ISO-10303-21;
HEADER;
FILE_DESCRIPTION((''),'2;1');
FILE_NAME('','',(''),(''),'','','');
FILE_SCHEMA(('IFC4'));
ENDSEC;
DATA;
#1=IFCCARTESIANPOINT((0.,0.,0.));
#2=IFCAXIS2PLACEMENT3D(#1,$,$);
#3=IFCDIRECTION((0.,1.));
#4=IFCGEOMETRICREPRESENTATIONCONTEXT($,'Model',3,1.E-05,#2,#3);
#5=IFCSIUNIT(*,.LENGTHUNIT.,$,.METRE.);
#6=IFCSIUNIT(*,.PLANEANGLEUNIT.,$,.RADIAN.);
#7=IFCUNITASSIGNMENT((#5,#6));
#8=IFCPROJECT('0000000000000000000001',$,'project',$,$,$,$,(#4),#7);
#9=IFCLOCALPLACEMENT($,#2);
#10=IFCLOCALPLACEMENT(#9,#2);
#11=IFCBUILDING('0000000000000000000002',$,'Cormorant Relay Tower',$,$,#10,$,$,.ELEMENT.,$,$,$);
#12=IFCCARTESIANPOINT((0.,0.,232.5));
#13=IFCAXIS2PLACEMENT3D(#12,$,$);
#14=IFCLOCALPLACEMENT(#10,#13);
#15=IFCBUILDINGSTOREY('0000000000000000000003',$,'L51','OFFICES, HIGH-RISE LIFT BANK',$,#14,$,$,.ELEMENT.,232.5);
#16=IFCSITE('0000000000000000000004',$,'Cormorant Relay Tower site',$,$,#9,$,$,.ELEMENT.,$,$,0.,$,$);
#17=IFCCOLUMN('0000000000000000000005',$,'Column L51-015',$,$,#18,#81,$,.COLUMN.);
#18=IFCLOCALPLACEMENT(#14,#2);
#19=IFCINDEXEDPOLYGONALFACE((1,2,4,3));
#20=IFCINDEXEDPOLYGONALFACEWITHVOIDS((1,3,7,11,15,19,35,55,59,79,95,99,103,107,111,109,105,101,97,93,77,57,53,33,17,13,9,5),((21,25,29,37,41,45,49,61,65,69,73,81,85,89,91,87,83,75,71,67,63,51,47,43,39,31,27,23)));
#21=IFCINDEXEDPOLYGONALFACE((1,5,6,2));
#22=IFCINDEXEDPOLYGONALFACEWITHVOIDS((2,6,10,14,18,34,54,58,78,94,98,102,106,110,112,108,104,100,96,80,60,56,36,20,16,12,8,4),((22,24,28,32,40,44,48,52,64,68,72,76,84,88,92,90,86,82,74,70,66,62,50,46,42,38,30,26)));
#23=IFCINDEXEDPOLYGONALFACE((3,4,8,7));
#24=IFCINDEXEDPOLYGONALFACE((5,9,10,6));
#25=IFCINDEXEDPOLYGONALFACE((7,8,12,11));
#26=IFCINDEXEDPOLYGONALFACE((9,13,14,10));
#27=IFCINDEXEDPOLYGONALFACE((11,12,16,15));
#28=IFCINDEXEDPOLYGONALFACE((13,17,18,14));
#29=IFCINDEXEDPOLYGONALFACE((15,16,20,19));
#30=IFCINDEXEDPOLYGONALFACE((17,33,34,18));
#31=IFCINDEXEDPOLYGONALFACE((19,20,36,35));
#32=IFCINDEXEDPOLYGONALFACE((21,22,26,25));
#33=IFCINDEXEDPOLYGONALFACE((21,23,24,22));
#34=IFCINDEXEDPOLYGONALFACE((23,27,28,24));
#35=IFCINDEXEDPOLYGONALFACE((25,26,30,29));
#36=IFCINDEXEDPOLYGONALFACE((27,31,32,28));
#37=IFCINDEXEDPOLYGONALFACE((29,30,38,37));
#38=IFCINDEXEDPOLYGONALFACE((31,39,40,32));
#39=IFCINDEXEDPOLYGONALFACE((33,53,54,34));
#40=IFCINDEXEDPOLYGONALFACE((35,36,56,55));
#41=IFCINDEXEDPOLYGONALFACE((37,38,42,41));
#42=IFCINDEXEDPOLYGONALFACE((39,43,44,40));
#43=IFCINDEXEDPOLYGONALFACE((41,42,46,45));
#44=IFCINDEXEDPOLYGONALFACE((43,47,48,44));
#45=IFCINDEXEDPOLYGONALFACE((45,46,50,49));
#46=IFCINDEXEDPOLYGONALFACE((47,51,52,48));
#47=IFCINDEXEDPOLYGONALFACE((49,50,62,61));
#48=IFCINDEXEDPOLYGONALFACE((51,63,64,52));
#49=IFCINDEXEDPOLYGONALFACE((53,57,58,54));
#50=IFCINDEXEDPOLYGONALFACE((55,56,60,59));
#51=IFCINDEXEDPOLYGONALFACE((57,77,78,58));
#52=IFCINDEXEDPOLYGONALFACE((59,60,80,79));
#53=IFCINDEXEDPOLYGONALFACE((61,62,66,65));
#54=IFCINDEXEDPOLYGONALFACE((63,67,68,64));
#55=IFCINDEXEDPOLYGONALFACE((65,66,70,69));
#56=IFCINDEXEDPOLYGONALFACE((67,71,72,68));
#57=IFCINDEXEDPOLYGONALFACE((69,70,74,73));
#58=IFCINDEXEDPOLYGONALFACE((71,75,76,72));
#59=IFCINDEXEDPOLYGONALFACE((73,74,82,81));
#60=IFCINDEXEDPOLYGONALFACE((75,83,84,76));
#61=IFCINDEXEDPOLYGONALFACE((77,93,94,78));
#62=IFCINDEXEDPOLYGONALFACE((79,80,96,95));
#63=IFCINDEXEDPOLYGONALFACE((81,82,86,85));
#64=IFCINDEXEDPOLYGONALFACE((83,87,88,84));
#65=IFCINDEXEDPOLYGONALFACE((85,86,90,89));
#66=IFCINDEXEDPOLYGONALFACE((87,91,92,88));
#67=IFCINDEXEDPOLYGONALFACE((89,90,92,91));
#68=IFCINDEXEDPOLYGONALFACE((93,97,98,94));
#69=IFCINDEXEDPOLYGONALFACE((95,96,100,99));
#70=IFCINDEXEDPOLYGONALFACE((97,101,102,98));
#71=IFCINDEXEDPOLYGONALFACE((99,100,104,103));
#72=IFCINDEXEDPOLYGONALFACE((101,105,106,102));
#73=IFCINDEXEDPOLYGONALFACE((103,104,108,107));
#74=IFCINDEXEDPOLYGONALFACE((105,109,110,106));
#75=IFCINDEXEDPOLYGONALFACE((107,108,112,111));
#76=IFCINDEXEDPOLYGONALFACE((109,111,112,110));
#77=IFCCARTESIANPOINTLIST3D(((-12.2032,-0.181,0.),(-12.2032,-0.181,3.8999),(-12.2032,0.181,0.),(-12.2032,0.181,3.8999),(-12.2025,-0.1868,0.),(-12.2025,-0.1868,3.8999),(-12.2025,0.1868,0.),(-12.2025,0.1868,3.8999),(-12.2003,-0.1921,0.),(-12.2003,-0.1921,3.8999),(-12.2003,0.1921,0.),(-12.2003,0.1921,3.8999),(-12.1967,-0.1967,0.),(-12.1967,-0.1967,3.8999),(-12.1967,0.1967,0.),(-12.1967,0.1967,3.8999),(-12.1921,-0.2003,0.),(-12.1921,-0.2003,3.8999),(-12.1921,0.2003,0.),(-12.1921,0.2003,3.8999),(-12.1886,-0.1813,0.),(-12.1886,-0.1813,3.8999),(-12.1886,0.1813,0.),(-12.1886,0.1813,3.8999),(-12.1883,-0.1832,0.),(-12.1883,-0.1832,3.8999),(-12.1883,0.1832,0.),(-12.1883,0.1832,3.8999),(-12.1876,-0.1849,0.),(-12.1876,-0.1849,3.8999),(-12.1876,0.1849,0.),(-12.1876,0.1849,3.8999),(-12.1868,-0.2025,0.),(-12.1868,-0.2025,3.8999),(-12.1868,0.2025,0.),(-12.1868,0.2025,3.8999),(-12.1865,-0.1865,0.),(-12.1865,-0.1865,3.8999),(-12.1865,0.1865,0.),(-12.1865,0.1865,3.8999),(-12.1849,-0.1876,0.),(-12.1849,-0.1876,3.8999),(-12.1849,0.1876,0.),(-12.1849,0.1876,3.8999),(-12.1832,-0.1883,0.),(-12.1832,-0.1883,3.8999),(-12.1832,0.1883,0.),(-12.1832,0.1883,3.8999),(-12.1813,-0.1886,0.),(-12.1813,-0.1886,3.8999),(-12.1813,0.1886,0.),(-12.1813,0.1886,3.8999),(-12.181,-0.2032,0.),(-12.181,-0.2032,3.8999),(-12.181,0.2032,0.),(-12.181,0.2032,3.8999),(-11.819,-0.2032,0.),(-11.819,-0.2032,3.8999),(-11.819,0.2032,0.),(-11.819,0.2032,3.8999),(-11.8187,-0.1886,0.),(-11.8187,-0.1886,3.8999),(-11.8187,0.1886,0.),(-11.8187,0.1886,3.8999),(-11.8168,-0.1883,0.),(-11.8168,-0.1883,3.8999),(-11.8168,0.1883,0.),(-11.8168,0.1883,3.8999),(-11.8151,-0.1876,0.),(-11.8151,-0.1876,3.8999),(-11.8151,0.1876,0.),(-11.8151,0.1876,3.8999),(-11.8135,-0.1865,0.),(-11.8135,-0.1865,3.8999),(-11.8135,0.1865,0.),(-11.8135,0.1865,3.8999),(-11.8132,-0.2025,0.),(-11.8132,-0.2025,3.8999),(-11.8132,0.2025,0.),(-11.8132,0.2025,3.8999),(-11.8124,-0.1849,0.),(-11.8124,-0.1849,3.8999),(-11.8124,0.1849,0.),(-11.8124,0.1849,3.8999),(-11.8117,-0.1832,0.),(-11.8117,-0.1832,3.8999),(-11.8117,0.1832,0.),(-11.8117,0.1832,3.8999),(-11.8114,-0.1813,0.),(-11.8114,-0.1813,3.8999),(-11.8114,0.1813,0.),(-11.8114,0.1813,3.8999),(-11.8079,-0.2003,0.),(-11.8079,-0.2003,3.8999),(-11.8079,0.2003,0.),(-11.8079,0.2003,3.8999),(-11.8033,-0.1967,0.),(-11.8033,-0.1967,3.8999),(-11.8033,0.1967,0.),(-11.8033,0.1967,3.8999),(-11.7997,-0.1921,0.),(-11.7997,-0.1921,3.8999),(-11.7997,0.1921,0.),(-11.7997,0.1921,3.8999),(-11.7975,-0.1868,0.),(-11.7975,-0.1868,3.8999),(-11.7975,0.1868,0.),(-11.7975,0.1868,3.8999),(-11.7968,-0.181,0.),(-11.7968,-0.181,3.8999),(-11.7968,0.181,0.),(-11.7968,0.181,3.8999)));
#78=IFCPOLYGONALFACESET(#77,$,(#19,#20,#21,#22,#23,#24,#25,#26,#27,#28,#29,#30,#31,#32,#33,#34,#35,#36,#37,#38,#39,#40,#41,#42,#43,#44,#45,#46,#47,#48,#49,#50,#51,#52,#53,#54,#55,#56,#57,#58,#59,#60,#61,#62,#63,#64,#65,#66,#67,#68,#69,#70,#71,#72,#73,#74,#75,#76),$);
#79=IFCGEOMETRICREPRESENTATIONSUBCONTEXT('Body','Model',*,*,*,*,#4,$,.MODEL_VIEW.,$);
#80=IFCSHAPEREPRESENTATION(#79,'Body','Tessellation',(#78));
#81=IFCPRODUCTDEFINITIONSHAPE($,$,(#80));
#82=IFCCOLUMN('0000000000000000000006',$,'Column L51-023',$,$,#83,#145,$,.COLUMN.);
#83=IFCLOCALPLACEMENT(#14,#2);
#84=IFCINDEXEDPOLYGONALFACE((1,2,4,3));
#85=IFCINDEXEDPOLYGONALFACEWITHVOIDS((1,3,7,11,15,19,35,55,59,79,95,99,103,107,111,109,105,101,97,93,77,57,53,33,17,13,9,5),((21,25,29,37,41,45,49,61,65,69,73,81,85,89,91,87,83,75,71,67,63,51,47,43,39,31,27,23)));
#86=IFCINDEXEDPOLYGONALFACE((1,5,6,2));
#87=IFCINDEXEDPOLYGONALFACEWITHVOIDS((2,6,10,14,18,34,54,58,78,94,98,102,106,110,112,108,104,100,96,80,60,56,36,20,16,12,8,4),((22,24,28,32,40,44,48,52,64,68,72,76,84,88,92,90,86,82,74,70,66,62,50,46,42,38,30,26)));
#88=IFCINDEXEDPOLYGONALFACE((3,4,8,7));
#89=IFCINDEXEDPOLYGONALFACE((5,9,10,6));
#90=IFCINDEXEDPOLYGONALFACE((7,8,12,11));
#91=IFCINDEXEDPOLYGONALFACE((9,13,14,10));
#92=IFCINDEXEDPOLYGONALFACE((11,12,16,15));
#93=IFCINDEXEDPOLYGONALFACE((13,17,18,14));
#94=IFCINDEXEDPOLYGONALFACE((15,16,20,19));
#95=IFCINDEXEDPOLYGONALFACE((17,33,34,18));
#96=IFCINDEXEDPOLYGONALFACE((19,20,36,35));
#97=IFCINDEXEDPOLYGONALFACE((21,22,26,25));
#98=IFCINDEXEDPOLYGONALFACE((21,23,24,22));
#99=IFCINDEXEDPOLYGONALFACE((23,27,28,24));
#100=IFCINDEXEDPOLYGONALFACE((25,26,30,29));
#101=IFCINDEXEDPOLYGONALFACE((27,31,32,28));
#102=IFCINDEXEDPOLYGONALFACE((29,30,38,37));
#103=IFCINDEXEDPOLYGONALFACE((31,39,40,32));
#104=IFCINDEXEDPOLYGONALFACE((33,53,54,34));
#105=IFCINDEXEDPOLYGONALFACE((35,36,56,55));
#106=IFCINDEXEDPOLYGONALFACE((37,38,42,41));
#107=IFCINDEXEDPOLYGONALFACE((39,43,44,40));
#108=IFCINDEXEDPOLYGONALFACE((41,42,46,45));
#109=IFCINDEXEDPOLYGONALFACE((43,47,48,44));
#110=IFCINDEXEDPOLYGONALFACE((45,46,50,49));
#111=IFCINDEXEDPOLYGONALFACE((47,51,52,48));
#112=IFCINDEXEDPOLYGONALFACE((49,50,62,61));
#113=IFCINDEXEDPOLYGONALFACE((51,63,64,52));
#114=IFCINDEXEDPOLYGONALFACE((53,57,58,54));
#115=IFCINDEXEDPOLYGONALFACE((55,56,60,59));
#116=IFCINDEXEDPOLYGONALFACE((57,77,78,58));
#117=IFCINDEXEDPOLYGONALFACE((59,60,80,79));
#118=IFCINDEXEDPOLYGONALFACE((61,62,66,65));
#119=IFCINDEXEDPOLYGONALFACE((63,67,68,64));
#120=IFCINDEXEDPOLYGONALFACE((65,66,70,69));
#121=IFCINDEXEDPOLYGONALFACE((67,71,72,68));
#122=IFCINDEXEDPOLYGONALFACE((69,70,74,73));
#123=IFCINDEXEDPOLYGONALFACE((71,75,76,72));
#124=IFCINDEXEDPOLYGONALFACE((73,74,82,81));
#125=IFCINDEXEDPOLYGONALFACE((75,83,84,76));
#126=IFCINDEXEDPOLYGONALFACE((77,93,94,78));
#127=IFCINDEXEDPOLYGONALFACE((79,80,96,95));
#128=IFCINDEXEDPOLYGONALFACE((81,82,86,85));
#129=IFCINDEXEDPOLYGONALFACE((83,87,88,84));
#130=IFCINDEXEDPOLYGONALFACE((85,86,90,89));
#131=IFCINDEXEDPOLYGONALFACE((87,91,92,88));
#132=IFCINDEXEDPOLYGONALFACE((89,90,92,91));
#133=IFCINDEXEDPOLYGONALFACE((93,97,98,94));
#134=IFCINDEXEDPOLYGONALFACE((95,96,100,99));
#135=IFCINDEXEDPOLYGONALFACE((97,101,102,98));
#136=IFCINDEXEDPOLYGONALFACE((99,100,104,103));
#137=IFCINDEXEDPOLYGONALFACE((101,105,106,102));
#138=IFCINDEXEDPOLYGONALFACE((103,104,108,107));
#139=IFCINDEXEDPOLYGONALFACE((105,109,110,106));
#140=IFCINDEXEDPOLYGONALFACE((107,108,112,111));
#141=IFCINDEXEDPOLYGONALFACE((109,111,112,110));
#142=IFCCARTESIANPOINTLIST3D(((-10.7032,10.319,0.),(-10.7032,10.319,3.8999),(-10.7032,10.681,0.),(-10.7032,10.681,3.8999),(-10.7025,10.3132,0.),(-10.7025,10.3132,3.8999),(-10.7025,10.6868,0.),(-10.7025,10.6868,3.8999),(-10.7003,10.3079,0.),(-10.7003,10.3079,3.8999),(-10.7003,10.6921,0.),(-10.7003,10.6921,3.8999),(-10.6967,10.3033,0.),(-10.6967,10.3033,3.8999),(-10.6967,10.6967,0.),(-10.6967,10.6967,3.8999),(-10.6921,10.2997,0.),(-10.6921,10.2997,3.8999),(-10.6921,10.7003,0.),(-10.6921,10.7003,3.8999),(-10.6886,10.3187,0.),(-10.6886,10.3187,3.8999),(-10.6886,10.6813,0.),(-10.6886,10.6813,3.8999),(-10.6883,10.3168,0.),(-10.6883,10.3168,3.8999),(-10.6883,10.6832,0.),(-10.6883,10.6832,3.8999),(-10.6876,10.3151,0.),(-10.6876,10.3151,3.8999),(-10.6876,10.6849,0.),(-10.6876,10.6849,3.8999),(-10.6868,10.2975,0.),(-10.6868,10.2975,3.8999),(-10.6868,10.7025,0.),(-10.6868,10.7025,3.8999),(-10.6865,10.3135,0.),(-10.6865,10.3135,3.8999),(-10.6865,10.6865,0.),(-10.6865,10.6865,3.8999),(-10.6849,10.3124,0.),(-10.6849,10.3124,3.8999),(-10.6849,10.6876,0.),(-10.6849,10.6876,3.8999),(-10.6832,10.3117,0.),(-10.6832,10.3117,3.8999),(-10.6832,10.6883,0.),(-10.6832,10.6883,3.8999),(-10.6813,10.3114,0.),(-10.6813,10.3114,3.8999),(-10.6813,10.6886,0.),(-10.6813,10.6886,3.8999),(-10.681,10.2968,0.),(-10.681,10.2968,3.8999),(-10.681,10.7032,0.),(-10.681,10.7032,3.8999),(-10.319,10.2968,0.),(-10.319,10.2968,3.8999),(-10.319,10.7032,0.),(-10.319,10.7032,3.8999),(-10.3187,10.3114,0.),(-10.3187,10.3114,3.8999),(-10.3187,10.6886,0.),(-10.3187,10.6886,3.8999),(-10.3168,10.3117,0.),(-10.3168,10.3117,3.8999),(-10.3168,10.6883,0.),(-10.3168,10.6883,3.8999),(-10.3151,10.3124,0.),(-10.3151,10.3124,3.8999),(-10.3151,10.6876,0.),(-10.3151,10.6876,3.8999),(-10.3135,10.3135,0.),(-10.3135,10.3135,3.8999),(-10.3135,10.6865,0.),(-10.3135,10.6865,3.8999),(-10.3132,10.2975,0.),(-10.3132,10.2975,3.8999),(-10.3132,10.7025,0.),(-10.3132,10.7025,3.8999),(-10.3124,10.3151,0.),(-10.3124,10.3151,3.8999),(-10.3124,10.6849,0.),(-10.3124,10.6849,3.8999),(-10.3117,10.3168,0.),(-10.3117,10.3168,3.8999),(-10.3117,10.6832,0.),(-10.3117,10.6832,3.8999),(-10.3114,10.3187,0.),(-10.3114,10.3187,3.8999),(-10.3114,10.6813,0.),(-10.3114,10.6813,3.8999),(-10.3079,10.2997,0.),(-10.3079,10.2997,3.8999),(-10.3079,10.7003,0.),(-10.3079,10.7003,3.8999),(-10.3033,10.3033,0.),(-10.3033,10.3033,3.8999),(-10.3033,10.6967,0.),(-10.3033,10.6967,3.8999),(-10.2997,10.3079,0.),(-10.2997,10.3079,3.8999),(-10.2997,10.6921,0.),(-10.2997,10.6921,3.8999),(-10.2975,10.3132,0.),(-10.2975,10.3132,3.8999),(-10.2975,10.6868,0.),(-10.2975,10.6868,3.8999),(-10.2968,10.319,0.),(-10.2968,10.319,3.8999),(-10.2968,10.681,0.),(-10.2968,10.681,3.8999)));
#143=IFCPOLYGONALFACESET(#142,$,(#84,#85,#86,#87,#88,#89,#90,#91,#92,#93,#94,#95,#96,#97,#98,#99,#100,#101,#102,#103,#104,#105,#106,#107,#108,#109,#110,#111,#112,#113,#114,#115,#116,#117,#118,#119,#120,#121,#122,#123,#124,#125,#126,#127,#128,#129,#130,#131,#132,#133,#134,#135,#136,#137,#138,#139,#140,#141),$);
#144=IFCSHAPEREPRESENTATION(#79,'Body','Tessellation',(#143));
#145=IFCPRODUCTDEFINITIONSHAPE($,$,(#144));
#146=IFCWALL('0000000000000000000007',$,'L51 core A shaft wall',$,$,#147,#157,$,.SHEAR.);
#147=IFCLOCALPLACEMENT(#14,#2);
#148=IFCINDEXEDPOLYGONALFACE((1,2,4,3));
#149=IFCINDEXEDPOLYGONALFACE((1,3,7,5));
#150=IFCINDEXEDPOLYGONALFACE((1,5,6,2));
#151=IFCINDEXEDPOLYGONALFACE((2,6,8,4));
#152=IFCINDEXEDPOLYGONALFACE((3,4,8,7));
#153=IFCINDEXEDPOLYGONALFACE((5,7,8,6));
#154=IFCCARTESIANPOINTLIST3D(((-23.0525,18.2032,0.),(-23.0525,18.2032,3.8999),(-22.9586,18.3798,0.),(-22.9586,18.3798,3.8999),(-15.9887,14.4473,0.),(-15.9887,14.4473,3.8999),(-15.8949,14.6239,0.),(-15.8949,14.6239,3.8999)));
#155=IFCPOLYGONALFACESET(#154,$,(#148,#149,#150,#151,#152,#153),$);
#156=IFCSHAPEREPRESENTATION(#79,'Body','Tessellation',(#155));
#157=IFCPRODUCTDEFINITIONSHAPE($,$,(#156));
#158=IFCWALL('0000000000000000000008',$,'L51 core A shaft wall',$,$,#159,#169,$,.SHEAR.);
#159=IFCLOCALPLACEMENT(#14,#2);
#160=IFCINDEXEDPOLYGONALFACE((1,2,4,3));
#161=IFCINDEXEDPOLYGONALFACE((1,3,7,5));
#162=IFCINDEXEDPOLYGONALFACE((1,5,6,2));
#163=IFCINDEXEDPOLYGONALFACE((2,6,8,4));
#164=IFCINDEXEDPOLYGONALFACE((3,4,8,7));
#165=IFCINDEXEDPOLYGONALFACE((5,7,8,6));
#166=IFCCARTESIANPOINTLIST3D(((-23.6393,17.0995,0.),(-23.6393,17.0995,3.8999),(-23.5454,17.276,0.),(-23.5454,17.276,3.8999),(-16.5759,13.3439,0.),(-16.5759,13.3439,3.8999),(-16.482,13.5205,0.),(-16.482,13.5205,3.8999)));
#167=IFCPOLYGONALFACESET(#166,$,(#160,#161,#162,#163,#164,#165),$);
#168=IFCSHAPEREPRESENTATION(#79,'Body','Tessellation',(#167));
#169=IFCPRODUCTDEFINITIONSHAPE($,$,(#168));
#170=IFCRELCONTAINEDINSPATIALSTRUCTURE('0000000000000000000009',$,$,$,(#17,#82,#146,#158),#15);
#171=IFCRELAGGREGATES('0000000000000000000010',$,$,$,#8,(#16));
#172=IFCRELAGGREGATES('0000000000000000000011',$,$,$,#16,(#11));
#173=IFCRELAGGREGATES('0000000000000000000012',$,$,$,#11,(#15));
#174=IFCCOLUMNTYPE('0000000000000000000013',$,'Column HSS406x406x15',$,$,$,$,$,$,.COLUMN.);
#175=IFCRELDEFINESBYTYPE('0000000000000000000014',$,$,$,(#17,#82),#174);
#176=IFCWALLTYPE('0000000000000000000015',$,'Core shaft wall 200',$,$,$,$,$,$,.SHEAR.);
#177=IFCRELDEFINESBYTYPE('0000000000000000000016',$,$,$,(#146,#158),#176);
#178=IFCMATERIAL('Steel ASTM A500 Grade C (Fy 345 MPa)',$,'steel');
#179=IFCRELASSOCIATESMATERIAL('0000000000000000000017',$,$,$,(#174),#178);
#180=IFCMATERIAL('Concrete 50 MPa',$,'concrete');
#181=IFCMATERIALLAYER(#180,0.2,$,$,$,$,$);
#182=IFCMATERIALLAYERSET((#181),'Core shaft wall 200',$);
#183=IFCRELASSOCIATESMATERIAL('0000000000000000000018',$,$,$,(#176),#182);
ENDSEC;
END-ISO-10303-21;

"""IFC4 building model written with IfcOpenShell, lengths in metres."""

from ifc_helpers import new_model, si_unit, direction, frame, frame_2d, origin, origin_2d, place, context, subcontext, project, spatial, rectangle, hollow_rectangle, extrude, material, layer, layer_set, material_profile, profile_set, type_object, element, save


model = new_model("IFC4")

# Units and contexts
model_context = context("Model", 3, precision=1e-05, world=origin(), true_north=direction((0.0, 1.0)))
body_context = subcontext(model_context, "Body", "Model", "MODEL_VIEW")
ifc_project = project(units=[si_unit("LENGTHUNIT", "METRE"), si_unit("PLANEANGLEUNIT", "RADIAN")], contexts=[model_context])

# Site, building, storey
site_placement = place(None, origin())
site = spatial("IfcSite", under=ifc_project, at=site_placement, Name="Cormorant Relay Tower site", CompositionType="ELEMENT", RefElevation=0.0)
building_placement = place(site_placement, origin())
building = spatial("IfcBuilding", under=site, at=building_placement, Name="Cormorant Relay Tower", CompositionType="ELEMENT")
storey_placement = place(building_placement, frame((0.0, 0.0, 232.5)))
storey = spatial("IfcBuildingStorey", under=building, at=storey_placement, Name="L51", Description="OFFICES, HIGH-RISE LIFT BANK", CompositionType="ELEMENT", Elevation=232.5)

# Columns
ifc_material_1 = material(Name="Steel ASTM A500 Grade C (Fy 345 MPa)", Category="steel")
ifc_material_profile = material_profile(ifc_material_1, hollow_rectangle(XDim=0.4065, YDim=0.4065, WallThickness=0.0146, InnerFilletRadius=0.0073, OuterFilletRadius=0.0222, at=origin_2d()), Name="HSS406x406x15")
ifc_profile_set = profile_set([ifc_material_profile], Name="Steel ASTM A500 Grade C (Fy 345 MPa)")
column_type = type_object("IfcColumnType", Name="Column HSS406x406x15", PredefinedType="COLUMN", material=ifc_profile_set)
for number, where, z_axis, x_axis, name in (
    (1, (-12.0, 0.0, 0.0), (0.0, 0.0, 1.0), (1.0, 0.0, 0.0), "Column L51-015"),
    (2, (-10.5, 10.5, 0.0), (0.0, 0.0, 1.0), (1.0, 0.0, 0.0), "Column L51-023"),
):
    element("IfcColumn", number, at=place(storey_placement, frame(where, z_axis=z_axis, x_axis=x_axis)), inside=storey, type_object=column_type, Name=name, PredefinedType="COLUMN", context=body_context, shape_type="SweptSolid", body=[
        extrude(hollow_rectangle(XDim=0.4065, YDim=0.4065, WallThickness=0.0146, InnerFilletRadius=0.0073, OuterFilletRadius=0.0222, at=origin_2d()), origin(), (0.0, 0.0, 1.0), 3.8999),
    ])

# Walls
ifc_material_2 = material(Name="Concrete 50 MPa", Category="concrete")
ifc_layer_1 = layer(ifc_material_2, 0.2)
ifc_layer_set_1 = layer_set([ifc_layer_1], Name="Core shaft wall 200")
wall_type_1 = type_object("IfcWallType", Name="Core shaft wall 200", PredefinedType="SHEAR", material=ifc_layer_set_1)
wall_1_placement = place(storey_placement, frame((-15.9419, 14.5356, 0.0), z_axis=(0.0, 0.0, 1.0), x_axis=(-0.882947, 0.469473, 0.0)))
element("IfcWall", 3, at=wall_1_placement, inside=storey, type_object=wall_type_1, Name="L51 core A shaft wall", PredefinedType="SHEAR", context=body_context, shape_type="SweptSolid", body=[
    extrude(rectangle(XDim=8.0002, YDim=0.2, at=frame_2d((4.0, 0.0))), origin(), (0.0, 0.0, 1.0), 3.8999),
])
wall_2_placement = place(storey_placement, frame((-16.5288, 13.4321, 0.0), z_axis=(0.0, 0.0, 1.0), x_axis=(-0.882953, 0.469462, 0.0)))
element("IfcWall", 4, at=wall_2_placement, inside=storey, type_object=wall_type_1, Name="L51 core A shaft wall", PredefinedType="SHEAR", context=body_context, shape_type="SweptSolid", body=[
    extrude(rectangle(XDim=7.9998, YDim=0.2, at=frame_2d((4.0, 0.0))), origin(), (0.0, 0.0, 1.0), 3.8999),
])

save(model, "model.ifc")
